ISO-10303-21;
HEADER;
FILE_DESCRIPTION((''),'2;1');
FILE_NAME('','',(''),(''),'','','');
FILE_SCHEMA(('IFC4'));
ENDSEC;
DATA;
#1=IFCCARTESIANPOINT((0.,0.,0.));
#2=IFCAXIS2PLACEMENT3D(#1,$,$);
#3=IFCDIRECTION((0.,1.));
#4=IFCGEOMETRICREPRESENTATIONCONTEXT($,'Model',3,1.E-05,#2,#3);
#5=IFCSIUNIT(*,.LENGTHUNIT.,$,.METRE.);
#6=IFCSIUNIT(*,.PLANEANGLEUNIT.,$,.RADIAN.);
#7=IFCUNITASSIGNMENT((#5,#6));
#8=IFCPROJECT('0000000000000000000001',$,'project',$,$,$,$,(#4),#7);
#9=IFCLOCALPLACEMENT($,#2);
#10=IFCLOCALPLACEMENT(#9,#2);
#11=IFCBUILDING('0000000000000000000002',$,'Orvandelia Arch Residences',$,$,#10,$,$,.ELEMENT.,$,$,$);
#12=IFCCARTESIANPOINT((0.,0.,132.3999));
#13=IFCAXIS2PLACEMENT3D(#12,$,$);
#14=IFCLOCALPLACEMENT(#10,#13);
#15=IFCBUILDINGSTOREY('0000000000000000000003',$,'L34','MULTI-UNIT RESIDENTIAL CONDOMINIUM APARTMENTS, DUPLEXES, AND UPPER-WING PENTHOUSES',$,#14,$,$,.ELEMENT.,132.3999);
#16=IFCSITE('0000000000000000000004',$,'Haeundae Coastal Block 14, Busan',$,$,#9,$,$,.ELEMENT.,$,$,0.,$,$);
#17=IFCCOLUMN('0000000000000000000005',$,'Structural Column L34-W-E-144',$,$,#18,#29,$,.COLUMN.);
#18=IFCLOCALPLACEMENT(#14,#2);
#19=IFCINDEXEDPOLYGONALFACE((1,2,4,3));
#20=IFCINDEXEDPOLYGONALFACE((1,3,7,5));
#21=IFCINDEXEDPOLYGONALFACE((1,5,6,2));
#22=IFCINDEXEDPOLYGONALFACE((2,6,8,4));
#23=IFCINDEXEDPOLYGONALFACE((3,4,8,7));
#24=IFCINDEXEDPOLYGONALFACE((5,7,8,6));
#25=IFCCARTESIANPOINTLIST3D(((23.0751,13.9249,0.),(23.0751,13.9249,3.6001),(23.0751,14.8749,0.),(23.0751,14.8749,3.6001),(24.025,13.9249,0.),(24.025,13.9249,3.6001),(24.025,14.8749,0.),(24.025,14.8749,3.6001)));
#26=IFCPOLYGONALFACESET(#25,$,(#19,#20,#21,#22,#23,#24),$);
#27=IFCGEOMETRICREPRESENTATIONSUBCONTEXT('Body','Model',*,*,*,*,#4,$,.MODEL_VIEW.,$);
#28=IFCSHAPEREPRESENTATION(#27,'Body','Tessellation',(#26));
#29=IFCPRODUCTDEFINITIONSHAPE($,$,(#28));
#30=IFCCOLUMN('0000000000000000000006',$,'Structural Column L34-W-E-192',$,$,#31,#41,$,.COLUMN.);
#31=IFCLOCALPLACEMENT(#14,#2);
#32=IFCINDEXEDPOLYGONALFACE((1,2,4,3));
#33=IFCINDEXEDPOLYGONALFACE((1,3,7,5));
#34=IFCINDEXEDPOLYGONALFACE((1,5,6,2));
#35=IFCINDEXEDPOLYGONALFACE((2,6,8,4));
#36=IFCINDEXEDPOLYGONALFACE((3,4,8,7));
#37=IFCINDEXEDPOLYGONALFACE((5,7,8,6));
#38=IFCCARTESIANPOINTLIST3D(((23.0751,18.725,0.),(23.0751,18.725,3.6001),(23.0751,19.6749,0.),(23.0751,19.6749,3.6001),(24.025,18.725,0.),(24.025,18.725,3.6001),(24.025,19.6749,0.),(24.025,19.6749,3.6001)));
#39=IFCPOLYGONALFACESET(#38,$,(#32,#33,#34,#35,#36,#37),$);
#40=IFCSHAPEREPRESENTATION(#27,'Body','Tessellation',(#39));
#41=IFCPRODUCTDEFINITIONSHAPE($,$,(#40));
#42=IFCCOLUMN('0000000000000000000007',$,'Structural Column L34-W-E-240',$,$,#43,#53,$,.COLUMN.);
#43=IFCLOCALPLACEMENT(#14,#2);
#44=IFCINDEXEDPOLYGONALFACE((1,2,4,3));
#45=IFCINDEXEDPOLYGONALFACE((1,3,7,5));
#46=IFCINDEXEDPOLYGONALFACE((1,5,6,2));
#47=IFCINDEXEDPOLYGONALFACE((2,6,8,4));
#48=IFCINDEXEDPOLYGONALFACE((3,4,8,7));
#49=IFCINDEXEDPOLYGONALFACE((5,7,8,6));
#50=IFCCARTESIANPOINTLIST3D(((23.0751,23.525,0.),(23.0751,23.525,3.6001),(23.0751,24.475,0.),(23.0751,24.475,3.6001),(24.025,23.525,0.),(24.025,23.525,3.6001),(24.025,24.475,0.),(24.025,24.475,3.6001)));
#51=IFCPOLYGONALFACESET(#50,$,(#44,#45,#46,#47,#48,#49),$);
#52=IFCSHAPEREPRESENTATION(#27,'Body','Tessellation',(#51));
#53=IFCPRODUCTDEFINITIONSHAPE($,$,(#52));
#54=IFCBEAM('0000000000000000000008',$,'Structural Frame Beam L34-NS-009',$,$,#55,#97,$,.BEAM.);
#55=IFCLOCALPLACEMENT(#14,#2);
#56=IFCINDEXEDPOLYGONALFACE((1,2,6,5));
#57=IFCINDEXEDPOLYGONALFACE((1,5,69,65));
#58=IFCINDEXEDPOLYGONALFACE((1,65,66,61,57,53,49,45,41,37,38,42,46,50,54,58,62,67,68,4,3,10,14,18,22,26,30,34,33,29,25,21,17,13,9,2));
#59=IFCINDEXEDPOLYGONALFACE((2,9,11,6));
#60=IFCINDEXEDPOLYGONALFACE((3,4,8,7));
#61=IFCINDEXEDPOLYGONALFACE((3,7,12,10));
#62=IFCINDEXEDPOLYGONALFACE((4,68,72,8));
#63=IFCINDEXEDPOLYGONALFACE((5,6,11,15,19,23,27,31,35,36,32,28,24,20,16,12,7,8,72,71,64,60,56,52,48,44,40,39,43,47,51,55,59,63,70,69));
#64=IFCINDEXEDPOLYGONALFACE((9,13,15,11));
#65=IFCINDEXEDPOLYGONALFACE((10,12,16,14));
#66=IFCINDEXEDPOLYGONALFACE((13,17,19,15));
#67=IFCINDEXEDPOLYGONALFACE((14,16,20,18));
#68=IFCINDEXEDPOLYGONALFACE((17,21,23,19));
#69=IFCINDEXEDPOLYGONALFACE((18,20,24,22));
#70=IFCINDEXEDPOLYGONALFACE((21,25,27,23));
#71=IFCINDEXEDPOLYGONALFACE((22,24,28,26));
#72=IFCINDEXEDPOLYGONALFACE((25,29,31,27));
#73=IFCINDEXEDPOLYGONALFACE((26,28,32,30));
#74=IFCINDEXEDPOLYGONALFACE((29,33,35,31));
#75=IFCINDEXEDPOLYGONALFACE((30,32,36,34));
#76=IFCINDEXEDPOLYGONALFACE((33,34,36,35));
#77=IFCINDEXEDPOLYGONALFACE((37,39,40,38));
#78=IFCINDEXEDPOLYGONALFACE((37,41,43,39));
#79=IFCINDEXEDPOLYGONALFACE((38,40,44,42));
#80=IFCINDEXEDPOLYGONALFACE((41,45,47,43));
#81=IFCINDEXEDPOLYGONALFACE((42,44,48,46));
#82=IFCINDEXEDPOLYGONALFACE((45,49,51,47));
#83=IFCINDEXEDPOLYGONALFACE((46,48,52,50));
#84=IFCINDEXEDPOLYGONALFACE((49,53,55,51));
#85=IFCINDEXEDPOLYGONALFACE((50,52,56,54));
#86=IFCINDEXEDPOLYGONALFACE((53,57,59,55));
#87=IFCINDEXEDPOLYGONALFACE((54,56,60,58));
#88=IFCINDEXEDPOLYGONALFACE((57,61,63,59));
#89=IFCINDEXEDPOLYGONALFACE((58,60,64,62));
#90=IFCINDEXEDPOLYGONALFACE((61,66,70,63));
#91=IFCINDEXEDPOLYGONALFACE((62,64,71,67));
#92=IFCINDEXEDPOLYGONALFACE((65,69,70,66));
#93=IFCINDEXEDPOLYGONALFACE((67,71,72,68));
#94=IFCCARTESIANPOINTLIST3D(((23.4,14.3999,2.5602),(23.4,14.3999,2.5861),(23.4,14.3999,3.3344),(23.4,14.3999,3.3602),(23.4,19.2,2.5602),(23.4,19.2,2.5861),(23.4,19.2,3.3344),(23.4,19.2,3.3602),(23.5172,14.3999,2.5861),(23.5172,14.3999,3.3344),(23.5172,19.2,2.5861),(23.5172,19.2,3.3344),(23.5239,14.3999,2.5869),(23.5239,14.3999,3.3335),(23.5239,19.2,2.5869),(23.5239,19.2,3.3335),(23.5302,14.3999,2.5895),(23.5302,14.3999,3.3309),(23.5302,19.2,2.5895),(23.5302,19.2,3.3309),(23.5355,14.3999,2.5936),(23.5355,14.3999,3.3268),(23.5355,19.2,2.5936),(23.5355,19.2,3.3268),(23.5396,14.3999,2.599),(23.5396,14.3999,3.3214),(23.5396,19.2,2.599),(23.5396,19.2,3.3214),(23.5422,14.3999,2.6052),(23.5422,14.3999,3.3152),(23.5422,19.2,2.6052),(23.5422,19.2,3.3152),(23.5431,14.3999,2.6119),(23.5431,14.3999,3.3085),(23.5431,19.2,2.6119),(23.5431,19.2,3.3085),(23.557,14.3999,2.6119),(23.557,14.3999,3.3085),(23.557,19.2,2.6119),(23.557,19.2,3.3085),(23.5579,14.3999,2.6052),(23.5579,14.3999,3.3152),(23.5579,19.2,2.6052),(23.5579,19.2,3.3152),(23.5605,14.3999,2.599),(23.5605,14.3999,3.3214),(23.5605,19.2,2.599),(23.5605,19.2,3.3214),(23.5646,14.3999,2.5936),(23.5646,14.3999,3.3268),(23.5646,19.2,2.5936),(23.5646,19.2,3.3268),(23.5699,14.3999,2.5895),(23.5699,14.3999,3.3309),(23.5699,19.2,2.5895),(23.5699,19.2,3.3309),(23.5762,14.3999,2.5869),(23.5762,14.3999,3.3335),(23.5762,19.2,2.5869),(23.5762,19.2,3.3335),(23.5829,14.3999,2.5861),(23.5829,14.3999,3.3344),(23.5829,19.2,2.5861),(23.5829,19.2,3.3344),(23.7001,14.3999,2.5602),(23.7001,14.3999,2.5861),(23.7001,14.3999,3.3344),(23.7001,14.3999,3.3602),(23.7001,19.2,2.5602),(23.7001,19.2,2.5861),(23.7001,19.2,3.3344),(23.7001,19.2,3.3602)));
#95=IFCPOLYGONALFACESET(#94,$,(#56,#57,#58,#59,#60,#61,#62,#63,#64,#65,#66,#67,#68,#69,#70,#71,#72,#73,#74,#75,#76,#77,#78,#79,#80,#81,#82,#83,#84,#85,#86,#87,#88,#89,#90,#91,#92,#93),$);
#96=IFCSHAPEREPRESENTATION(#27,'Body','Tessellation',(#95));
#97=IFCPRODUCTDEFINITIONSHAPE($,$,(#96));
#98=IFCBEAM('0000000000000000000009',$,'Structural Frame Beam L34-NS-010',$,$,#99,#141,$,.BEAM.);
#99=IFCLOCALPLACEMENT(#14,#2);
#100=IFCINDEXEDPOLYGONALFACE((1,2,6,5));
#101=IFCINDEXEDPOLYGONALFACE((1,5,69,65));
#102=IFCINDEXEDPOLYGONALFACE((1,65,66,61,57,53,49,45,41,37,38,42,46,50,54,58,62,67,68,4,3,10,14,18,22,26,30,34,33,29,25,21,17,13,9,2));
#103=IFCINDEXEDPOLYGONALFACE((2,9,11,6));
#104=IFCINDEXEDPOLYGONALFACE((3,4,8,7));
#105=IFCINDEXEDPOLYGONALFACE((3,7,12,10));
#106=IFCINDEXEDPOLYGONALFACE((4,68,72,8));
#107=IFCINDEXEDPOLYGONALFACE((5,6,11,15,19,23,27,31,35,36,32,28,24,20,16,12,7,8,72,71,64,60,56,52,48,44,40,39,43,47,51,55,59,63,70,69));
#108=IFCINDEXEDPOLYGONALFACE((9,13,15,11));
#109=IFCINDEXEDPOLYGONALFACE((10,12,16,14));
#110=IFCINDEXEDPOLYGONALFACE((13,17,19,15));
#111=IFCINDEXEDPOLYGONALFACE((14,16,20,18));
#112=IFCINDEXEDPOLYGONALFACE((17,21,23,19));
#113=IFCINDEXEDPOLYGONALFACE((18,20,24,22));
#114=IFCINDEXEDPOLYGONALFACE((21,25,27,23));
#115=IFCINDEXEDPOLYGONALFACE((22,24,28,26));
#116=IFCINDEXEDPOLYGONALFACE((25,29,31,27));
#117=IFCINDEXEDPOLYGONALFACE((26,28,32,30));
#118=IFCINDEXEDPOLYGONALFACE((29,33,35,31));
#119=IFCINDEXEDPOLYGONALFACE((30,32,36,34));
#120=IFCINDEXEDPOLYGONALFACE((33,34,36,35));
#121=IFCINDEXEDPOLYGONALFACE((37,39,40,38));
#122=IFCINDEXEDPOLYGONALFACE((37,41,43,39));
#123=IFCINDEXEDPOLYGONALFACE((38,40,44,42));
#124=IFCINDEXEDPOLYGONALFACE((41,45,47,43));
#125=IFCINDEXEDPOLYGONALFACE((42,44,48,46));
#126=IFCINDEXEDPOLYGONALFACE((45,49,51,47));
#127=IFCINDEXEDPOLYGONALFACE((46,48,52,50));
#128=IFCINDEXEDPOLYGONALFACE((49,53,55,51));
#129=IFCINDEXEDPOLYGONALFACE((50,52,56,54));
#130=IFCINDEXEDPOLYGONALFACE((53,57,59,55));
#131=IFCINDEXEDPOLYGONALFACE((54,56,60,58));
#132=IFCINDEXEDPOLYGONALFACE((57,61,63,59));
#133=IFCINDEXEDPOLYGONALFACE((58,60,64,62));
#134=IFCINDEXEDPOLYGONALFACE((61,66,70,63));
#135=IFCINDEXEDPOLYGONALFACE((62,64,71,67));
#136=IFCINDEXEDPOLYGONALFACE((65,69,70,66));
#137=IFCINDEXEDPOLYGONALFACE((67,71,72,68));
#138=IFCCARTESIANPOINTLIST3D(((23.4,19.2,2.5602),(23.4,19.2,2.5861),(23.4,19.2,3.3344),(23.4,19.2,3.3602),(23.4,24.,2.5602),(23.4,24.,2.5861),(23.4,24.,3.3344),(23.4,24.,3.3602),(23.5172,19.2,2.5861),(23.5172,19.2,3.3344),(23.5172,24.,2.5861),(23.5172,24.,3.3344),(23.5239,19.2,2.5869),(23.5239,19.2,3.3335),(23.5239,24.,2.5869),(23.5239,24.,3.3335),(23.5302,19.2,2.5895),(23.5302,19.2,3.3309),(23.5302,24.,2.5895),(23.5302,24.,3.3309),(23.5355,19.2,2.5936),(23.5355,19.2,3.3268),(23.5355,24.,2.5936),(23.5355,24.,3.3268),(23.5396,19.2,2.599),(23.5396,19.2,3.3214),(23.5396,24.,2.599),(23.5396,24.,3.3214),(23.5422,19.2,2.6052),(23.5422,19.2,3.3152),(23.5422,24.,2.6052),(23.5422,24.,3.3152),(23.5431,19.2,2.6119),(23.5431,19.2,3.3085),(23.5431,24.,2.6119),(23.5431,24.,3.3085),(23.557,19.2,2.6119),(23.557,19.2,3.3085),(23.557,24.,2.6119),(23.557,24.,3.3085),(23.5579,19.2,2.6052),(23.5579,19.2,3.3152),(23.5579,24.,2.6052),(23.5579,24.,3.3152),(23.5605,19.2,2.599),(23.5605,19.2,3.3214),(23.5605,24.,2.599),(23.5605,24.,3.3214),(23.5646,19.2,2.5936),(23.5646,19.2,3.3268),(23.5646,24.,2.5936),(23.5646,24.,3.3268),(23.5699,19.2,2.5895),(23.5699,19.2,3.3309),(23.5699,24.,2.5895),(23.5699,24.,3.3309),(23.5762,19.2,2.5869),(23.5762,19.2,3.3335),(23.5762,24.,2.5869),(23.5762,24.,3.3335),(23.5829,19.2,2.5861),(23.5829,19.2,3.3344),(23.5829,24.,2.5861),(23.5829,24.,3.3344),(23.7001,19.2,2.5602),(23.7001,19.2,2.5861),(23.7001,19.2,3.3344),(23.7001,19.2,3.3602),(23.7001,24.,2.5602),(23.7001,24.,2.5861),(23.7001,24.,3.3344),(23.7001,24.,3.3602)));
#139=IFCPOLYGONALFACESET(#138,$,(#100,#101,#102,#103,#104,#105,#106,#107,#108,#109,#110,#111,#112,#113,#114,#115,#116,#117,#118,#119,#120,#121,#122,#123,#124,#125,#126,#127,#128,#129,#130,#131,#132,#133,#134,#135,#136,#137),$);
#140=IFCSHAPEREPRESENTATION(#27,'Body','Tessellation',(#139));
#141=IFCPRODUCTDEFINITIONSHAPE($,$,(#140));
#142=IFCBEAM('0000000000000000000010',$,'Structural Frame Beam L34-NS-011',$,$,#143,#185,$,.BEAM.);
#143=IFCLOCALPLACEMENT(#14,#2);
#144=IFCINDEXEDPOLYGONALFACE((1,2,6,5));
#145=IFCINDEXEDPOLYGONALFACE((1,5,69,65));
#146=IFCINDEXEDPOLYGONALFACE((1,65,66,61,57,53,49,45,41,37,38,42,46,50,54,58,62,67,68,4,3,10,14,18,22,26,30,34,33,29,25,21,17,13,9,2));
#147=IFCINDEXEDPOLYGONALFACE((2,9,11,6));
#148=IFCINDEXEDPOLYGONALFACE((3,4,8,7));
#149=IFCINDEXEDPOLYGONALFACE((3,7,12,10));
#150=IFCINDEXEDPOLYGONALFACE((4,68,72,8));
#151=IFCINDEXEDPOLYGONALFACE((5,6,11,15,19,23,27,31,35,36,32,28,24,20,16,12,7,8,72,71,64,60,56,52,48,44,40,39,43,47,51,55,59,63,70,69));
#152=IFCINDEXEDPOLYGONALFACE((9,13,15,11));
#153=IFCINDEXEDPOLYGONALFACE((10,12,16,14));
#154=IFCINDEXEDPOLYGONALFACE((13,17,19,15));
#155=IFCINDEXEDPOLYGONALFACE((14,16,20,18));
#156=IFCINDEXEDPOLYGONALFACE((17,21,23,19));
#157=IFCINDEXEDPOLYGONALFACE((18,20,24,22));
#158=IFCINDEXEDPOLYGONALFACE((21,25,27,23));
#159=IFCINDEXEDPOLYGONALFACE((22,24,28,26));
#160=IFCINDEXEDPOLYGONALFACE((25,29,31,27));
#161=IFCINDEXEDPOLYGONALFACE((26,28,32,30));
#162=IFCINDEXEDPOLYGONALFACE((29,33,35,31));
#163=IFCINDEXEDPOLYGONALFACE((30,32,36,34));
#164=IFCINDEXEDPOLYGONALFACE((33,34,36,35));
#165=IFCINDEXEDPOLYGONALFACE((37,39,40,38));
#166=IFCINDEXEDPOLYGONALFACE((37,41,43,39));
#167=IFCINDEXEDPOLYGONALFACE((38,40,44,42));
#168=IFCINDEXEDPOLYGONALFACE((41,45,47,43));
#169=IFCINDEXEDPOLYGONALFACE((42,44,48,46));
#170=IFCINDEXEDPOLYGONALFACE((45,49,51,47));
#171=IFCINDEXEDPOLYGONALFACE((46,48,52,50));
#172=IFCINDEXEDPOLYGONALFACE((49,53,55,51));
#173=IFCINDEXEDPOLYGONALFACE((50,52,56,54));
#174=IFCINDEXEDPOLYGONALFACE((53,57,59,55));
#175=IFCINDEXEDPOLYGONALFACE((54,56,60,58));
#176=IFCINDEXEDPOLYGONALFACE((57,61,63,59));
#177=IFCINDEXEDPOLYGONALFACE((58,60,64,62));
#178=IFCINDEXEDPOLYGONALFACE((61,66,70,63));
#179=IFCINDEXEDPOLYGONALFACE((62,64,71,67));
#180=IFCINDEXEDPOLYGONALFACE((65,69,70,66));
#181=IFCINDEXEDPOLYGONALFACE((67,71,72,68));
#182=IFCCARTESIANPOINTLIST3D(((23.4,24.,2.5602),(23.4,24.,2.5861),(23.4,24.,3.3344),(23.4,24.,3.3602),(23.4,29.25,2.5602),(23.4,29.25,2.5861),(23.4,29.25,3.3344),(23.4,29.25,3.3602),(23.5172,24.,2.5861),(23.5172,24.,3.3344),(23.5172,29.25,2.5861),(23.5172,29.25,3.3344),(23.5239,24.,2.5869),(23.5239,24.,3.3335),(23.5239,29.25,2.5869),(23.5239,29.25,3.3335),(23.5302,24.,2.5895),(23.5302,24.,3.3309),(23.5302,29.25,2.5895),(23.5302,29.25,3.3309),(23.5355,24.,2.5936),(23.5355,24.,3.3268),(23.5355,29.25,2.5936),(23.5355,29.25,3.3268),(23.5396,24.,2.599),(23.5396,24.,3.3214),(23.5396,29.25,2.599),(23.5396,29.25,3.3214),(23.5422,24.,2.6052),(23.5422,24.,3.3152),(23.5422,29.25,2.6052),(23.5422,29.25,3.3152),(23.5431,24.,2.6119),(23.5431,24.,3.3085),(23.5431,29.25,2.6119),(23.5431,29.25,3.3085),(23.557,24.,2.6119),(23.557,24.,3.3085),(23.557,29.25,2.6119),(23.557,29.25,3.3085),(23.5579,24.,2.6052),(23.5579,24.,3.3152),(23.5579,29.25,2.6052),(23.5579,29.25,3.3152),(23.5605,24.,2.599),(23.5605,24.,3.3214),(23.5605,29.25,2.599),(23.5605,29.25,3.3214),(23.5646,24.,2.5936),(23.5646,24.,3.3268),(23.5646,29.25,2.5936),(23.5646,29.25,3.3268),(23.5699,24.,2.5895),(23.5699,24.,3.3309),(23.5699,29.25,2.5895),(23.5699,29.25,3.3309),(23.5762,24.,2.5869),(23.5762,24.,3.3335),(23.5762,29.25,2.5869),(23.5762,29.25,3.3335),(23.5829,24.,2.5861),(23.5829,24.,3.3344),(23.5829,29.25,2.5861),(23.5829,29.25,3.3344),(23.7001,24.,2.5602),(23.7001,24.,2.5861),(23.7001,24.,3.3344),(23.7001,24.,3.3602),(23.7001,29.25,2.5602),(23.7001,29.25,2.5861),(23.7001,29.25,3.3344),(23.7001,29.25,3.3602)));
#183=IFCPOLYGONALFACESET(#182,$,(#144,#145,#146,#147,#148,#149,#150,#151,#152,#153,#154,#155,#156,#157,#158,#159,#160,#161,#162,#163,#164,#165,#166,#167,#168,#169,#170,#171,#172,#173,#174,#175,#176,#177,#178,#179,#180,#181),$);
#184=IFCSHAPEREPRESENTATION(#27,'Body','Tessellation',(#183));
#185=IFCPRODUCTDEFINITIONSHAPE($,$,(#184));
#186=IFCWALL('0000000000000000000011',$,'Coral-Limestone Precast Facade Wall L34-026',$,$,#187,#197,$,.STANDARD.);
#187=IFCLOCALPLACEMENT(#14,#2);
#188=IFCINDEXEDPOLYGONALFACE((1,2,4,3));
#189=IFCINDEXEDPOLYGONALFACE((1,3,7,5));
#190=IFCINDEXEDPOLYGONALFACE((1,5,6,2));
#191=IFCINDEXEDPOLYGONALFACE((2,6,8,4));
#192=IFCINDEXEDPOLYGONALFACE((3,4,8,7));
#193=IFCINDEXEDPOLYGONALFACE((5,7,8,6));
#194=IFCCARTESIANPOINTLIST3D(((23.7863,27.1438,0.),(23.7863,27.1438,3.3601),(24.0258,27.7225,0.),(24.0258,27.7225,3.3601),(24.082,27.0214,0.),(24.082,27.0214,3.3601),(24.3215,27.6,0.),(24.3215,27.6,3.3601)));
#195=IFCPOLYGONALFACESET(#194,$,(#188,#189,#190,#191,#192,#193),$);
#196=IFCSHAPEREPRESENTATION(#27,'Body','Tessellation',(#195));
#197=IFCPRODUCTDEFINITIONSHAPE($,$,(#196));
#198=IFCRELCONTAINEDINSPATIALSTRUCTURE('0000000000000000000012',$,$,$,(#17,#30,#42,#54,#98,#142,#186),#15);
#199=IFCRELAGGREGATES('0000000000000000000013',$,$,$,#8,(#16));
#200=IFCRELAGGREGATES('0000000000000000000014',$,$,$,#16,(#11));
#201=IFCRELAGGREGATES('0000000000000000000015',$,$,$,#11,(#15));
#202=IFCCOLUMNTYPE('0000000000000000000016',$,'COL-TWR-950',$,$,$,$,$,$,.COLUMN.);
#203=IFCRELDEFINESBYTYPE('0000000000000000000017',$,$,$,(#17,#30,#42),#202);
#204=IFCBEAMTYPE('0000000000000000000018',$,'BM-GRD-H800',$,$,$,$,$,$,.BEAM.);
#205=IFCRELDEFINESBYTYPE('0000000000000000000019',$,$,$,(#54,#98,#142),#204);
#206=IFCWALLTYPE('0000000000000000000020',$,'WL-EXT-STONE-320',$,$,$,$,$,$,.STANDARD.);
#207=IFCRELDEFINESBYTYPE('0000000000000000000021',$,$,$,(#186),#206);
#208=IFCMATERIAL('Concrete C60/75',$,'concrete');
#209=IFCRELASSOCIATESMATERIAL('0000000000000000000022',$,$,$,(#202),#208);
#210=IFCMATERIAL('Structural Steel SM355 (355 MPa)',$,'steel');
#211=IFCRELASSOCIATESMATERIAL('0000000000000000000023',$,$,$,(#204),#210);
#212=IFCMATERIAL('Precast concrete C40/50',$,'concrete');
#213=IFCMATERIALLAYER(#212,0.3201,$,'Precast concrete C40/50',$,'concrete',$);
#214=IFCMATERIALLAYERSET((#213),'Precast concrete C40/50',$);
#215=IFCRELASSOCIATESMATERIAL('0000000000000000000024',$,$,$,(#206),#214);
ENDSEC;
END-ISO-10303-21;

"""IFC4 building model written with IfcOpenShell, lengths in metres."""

from ifc_helpers import new_model, si_unit, direction, frame, frame_2d, origin, origin_2d, place, context, subcontext, project, spatial, rectangle, i_section, extrude, material, layer, layer_set, material_profile, profile_set, type_object, element, save


model = new_model("IFC4")

# Units and contexts
model_context = context("Model", 3, precision=1e-05, world=origin(), true_north=direction((0.0, 1.0)))
body_context = subcontext(model_context, "Body", "Model", "MODEL_VIEW")
ifc_project = project(units=[si_unit("LENGTHUNIT", "METRE"), si_unit("PLANEANGLEUNIT", "RADIAN")], contexts=[model_context])

# Site, building, storey
site_placement = place(None, origin())
site = spatial("IfcSite", under=ifc_project, at=site_placement, Name="Haeundae Coastal Block 14, Busan", CompositionType="ELEMENT", RefElevation=0.0)
building_placement = place(site_placement, origin())
building = spatial("IfcBuilding", under=site, at=building_placement, Name="Orvandelia Arch Residences", CompositionType="ELEMENT")
storey_placement = place(building_placement, frame((0.0, 0.0, 132.3999)))
storey = spatial("IfcBuildingStorey", under=building, at=storey_placement, Name="L34", Description="MULTI-UNIT RESIDENTIAL CONDOMINIUM APARTMENTS, DUPLEXES, AND UPPER-WING PENTHOUSES", CompositionType="ELEMENT", Elevation=132.3999)

# Columns
ifc_material_1 = material(Name="Concrete C60/75", Category="concrete")
ifc_material_profile_1 = material_profile(ifc_material_1, rectangle(XDim=0.95, YDim=0.95, at=origin_2d()), Name="Concrete C60/75", Category="concrete")
ifc_profile_set_1 = profile_set([ifc_material_profile_1], Name="Concrete C60/75")
column_type = type_object("IfcColumnType", Name="COL-TWR-950", PredefinedType="COLUMN", material=ifc_profile_set_1)
for number, where, z_axis, x_axis, name in (
    (1, (23.55, 14.3999, 0.0), (0.0, 0.0, 1.0), (1.0, 0.0, 0.0), "Structural Column L34-W-E-144"),
    (2, (23.55, 19.2, 0.0), (0.0, 0.0, 1.0), (1.0, 0.0, 0.0), "Structural Column L34-W-E-192"),
    (3, (23.55, 24.0, 0.0), (0.0, 0.0, 1.0), (1.0, 0.0, 0.0), "Structural Column L34-W-E-240"),
):
    element("IfcColumn", number, at=place(storey_placement, frame(where, z_axis=z_axis, x_axis=x_axis)), inside=storey, type_object=column_type, Name=name, PredefinedType="COLUMN", context=body_context, shape_type="SweptSolid", body=[
        extrude(rectangle(XDim=0.95, YDim=0.95, at=origin_2d()), origin(), (0.0, 0.0, 1.0), 3.6001),
    ])

# Beams
ifc_material_2 = material(Name="Structural Steel SM355 (355 MPa)", Category="steel")
ifc_material_profile_2 = material_profile(ifc_material_2, i_section(OverallWidth=0.3, OverallDepth=0.8, WebThickness=0.0139, FlangeThickness=0.0259, FilletRadius=0.0259, at=origin_2d()), Name="Structural Steel SM355 (355 MPa)", Category="steel")
ifc_profile_set_2 = profile_set([ifc_material_profile_2], Name="Structural Steel SM355 (355 MPa)")
beam_type = type_object("IfcBeamType", Name="BM-GRD-H800", PredefinedType="BEAM", material=ifc_profile_set_2)
for number, where, z_axis, x_axis, name in (
    (4, (23.55, 14.3999, 2.9602), (0.0, 1.0, 0.0), (-1.0, 0.0, 0.0), "Structural Frame Beam L34-NS-009"),
    (5, (23.55, 19.2, 2.9602), (0.0, 1.0, 0.0), (-1.0, 0.0, 0.0), "Structural Frame Beam L34-NS-010"),
):
    element("IfcBeam", number, at=place(storey_placement, frame(where, z_axis=z_axis, x_axis=x_axis)), inside=storey, type_object=beam_type, Name=name, PredefinedType="BEAM", context=body_context, shape_type="SweptSolid", body=[
        extrude(i_section(OverallWidth=0.3, OverallDepth=0.8, WebThickness=0.0139, FlangeThickness=0.0259, FilletRadius=0.0259, at=origin_2d()), origin(), (0.0, 0.0, 1.0), 4.8),
    ])
beam_placement = place(storey_placement, frame((23.55, 24.0, 2.9602), z_axis=(0.0, 1.0, 0.0), x_axis=(-1.0, 0.0, 0.0)))
element("IfcBeam", 6, at=beam_placement, inside=storey, type_object=beam_type, Name="Structural Frame Beam L34-NS-011", PredefinedType="BEAM", context=body_context, shape_type="SweptSolid", body=[
    extrude(i_section(OverallWidth=0.3, OverallDepth=0.8, WebThickness=0.0139, FlangeThickness=0.0259, FilletRadius=0.0259, at=origin_2d()), origin(), (0.0, 0.0, 1.0), 5.25),
])

# Wall
ifc_material_3 = material(Name="Precast concrete C40/50", Category="concrete")
ifc_layer = layer(ifc_material_3, 0.3201, Name="Precast concrete C40/50", Category="concrete")
ifc_layer_set = layer_set([ifc_layer], Name="Precast concrete C40/50")
wall_type = type_object("IfcWallType", Name="WL-EXT-STONE-320", PredefinedType="STANDARD", material=ifc_layer_set)
wall_1_placement = place(storey_placement, frame((24.1736, 27.6611, 0.0), z_axis=(0.0, 0.0, 1.0), x_axis=(-0.382455, -0.923974, 0.0)))
element("IfcWall", 7, at=wall_1_placement, inside=storey, type_object=wall_type, Name="Coral-Limestone Precast Facade Wall L34-026", PredefinedType="STANDARD", context=body_context, shape_type="SweptSolid", body=[
    extrude(rectangle(XDim=0.6262, YDim=0.3201, at=frame_2d((0.313, 0.0))), origin(), (0.0, 0.0, 1.0), 3.3601),
])

save(model, "model.ifc")
